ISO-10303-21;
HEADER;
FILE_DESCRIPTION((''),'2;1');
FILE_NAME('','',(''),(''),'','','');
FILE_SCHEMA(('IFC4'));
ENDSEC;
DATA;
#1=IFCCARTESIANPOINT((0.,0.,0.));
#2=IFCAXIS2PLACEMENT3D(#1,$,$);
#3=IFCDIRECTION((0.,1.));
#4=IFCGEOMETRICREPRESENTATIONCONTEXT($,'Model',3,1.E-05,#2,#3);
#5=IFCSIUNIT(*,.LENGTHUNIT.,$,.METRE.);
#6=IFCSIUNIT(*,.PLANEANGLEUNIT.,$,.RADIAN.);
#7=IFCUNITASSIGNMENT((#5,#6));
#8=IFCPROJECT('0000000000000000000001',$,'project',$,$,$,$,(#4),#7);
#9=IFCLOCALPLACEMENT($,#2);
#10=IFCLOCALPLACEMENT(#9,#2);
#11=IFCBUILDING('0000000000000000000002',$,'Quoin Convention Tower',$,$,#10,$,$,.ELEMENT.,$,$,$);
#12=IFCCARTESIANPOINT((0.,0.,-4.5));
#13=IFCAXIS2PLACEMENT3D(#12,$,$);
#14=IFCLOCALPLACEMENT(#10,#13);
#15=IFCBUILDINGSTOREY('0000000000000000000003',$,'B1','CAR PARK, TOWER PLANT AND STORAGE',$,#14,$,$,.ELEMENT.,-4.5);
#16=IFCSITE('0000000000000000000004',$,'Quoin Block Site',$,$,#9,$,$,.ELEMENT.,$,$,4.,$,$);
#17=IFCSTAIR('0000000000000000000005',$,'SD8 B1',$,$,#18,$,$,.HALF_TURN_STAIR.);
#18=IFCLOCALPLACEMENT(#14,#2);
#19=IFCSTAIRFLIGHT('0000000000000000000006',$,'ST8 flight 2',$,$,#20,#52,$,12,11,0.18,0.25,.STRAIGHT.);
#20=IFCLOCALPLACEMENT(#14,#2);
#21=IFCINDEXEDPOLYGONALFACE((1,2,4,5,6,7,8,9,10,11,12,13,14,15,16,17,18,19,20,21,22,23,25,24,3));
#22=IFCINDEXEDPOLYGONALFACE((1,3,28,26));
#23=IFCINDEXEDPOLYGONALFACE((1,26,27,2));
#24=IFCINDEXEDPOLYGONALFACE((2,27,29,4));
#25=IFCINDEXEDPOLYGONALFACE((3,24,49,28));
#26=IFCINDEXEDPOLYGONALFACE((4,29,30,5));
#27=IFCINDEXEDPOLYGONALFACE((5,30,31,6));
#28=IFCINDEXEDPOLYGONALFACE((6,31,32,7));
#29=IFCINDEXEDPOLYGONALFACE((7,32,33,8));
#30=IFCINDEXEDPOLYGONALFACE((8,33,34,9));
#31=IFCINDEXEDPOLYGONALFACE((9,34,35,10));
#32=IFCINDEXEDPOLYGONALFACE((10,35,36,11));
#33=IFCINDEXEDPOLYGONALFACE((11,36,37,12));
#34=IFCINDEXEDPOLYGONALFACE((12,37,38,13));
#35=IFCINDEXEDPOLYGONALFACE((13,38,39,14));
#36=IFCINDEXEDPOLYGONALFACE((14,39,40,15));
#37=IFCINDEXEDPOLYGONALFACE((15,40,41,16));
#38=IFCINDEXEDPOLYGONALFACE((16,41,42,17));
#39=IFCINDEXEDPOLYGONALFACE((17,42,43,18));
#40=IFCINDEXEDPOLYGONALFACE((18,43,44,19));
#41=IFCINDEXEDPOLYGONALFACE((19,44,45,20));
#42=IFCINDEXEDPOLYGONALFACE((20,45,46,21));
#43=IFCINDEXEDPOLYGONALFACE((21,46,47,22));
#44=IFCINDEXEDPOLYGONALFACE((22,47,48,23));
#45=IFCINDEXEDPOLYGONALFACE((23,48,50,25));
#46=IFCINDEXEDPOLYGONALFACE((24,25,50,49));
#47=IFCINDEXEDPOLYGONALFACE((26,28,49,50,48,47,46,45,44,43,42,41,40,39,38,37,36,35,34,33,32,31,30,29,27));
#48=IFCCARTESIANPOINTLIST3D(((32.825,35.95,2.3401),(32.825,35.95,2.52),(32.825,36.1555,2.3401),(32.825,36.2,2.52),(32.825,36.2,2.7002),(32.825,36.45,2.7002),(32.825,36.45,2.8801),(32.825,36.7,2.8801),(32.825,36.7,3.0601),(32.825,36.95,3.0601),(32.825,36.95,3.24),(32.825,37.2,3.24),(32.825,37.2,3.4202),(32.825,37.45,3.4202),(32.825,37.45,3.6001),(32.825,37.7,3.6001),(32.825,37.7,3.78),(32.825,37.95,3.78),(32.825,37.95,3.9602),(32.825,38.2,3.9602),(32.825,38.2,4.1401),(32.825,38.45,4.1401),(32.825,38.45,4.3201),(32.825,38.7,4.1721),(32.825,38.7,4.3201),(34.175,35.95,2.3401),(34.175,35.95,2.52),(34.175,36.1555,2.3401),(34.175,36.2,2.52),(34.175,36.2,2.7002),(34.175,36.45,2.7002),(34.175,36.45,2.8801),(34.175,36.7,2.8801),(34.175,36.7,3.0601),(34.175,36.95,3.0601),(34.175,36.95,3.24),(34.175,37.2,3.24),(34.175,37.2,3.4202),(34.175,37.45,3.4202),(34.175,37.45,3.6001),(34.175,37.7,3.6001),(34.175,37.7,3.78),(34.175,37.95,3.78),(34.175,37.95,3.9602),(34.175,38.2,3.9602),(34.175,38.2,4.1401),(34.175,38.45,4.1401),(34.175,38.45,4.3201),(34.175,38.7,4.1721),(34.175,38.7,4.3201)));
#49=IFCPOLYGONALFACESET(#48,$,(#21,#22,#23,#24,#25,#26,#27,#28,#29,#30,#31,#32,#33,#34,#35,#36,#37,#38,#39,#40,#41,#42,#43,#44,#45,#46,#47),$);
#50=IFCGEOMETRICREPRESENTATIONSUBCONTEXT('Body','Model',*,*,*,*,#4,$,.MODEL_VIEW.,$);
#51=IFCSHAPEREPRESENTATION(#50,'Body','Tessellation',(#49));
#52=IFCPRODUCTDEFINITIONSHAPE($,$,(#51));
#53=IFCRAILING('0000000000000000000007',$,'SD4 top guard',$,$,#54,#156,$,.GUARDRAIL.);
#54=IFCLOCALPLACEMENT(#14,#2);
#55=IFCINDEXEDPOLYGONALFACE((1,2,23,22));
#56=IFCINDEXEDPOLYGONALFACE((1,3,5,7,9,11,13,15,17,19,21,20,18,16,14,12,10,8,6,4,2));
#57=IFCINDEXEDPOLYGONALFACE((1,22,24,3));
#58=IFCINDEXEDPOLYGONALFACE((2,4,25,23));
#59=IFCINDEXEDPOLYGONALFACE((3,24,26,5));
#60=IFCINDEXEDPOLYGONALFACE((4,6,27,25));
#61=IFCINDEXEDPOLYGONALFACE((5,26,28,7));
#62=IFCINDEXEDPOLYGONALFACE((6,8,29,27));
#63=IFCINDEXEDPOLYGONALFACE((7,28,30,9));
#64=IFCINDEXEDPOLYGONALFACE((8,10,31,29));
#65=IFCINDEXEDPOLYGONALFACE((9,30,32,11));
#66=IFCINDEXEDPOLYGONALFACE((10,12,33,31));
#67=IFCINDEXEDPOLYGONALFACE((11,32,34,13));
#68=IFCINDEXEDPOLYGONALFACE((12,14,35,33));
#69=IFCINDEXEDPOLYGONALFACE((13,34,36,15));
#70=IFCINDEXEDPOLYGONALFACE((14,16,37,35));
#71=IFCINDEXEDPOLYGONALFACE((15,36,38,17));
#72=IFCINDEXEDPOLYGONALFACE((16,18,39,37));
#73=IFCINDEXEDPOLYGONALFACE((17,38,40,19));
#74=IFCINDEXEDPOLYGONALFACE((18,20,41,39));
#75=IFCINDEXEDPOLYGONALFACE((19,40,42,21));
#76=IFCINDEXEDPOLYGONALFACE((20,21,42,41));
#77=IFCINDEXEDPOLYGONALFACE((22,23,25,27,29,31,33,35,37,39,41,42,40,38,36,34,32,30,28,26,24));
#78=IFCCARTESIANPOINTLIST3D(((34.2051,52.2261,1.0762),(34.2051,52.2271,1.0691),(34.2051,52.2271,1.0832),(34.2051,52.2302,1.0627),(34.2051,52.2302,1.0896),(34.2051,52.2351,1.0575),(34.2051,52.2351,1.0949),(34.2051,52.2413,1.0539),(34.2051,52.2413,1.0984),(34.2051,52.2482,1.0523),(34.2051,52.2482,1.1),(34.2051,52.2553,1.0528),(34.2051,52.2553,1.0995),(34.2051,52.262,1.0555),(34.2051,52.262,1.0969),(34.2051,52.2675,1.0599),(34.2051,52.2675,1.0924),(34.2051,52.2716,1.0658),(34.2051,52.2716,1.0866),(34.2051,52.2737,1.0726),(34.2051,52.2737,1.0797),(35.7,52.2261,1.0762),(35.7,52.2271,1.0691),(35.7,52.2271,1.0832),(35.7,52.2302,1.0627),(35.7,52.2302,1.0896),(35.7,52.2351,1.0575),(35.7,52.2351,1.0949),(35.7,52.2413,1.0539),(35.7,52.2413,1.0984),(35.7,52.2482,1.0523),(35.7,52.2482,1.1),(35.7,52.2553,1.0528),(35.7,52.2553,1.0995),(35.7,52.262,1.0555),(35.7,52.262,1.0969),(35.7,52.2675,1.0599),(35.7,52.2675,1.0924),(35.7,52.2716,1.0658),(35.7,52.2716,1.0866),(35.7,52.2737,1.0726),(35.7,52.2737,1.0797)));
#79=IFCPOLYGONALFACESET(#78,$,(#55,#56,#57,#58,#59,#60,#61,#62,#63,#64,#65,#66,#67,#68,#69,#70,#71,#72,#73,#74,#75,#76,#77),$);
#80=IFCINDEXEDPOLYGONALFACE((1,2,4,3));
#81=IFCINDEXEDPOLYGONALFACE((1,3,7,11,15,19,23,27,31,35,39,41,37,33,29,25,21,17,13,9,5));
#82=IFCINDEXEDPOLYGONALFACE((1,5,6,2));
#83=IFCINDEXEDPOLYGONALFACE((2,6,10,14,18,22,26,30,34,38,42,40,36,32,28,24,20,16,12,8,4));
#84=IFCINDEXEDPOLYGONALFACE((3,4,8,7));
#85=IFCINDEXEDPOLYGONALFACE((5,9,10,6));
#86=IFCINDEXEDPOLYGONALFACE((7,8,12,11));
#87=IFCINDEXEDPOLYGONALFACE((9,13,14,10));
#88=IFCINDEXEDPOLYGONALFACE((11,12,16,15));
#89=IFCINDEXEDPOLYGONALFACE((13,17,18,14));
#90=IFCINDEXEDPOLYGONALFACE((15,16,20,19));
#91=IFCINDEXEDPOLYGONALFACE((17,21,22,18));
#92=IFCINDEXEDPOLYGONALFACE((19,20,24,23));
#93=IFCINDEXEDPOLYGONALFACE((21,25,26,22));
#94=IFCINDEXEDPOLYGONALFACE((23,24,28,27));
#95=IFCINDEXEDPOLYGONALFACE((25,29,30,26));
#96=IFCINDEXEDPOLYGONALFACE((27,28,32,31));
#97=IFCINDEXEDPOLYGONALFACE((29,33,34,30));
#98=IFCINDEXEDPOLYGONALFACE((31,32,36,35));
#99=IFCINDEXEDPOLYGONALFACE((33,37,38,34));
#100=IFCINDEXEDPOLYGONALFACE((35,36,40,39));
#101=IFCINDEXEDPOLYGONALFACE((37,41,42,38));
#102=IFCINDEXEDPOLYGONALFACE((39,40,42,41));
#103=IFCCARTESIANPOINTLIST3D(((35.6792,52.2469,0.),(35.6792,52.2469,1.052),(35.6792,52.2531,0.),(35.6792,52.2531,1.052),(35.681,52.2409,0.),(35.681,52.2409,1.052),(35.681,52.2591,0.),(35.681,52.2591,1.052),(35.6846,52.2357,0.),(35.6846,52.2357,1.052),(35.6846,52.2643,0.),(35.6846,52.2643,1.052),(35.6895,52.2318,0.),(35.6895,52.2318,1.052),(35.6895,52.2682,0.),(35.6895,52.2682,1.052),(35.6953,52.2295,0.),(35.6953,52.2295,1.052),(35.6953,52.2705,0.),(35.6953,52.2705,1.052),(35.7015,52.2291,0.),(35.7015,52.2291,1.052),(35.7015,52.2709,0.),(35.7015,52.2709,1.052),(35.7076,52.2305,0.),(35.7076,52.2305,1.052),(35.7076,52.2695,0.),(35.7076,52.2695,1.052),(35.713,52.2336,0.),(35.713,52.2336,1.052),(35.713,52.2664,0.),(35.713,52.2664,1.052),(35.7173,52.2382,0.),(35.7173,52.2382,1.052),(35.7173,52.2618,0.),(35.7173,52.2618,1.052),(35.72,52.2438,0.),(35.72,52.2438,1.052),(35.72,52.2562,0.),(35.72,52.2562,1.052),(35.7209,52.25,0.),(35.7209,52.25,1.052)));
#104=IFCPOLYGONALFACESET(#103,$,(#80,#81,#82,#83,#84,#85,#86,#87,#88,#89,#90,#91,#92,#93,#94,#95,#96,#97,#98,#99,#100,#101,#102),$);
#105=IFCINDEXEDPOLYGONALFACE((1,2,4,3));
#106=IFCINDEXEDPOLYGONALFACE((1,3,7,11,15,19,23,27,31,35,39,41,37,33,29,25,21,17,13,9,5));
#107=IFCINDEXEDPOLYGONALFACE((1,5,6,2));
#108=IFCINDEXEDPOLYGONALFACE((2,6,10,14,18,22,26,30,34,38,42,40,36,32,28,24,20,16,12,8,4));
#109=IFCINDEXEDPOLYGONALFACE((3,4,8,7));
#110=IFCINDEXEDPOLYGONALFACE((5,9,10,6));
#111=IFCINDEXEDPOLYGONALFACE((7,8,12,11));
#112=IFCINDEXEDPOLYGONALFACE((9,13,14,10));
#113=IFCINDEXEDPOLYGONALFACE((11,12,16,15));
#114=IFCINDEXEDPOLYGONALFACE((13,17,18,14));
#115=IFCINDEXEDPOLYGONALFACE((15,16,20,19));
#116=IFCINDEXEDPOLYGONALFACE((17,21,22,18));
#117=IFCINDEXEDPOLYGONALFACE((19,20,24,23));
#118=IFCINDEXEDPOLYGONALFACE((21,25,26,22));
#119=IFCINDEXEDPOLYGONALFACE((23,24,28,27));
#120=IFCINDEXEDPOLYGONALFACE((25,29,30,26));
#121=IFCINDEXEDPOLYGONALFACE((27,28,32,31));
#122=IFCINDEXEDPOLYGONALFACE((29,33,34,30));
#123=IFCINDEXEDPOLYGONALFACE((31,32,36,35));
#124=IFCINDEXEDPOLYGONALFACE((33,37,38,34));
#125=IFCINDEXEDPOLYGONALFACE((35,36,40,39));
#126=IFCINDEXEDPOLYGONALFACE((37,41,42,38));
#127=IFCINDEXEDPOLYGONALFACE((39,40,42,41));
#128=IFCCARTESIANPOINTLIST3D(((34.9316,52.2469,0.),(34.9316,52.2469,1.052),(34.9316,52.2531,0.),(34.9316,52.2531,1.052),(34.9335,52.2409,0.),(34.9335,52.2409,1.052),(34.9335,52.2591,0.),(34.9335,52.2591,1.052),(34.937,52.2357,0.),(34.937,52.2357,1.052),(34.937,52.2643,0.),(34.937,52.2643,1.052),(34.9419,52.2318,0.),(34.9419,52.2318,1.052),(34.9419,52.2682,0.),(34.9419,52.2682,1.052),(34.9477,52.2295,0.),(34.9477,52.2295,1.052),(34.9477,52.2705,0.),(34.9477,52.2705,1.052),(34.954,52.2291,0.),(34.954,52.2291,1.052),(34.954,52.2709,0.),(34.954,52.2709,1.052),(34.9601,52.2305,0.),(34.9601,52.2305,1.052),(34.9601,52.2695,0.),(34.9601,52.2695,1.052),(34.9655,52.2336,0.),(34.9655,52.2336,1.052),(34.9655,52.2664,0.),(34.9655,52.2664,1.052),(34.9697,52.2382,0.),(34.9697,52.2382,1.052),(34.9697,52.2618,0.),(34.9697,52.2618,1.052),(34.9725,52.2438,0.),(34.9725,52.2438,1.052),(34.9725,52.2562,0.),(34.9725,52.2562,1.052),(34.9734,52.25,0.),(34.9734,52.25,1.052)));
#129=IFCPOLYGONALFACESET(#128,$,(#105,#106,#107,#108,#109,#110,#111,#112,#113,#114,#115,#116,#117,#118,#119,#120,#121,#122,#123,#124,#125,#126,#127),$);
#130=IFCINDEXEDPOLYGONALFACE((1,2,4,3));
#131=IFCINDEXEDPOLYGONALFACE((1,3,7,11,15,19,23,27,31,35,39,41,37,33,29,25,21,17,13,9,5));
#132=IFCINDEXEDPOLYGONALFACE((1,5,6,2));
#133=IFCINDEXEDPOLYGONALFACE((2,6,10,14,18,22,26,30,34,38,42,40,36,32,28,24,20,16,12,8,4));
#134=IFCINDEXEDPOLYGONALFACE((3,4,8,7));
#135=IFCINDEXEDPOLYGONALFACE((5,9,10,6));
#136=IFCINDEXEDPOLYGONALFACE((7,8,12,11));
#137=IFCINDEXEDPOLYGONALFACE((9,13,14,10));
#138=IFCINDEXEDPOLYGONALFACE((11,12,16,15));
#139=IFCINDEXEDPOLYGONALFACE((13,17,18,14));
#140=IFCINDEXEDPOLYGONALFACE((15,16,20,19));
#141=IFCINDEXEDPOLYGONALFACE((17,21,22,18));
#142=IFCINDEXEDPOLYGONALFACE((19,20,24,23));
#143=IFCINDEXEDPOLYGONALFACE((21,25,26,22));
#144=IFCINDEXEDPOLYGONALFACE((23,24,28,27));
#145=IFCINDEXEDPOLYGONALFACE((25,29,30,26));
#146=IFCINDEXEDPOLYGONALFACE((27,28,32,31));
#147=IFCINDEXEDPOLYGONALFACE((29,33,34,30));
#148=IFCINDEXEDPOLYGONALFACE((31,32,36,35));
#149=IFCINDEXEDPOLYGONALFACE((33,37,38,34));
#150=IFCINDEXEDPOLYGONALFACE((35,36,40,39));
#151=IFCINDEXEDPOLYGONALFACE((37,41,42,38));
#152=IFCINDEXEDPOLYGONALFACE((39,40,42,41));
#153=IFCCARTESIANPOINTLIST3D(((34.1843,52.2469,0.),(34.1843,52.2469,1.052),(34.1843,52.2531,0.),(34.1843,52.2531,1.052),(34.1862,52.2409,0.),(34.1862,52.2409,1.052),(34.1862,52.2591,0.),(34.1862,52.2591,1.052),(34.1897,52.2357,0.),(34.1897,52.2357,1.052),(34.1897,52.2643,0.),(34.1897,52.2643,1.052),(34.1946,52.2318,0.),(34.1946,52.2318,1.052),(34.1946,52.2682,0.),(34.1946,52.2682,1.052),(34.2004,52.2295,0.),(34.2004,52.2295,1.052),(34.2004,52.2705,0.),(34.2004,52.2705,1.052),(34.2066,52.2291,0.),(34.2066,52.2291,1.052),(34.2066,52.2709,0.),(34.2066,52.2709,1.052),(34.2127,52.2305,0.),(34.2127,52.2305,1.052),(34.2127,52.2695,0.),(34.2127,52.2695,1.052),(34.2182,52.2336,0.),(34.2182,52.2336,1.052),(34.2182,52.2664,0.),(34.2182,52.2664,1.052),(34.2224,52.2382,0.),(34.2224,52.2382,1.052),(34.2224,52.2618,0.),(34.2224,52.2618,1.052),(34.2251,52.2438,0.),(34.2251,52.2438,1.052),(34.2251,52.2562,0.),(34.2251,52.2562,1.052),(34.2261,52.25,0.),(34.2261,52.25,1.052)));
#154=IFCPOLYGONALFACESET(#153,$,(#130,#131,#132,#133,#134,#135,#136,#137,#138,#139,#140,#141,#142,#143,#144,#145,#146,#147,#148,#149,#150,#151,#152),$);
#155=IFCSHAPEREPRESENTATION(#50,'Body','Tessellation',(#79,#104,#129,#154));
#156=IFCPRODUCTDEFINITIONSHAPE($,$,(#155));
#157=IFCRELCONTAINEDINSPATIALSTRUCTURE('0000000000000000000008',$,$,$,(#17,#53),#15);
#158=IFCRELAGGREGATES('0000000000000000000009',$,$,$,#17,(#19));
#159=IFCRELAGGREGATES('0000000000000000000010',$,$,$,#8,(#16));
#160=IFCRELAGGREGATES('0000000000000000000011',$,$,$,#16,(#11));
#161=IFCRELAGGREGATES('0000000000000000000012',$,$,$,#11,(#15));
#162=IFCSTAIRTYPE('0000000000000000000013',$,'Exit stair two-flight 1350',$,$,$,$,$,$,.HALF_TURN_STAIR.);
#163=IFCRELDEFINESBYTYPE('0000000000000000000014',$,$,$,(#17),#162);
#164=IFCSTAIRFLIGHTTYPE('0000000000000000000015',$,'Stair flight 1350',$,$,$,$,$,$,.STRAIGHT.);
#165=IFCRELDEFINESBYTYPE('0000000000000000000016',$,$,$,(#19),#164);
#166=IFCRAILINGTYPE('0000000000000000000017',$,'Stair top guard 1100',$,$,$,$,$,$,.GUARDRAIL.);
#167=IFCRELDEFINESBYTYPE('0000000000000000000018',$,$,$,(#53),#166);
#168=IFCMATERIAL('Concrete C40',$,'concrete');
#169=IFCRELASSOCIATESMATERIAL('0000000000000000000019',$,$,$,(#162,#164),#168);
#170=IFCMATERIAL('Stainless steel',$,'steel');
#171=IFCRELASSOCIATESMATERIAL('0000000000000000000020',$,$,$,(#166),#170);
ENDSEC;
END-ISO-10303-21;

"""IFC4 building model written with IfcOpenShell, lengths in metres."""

from ifc_helpers import new_model, si_unit, direction, frame, origin, origin_2d, place, context, subcontext, project, spatial, polyline, circle, outline, extrude, material, type_object, element, aggregate, save


model = new_model("IFC4")

# Units and contexts
model_context = context("Model", 3, precision=1e-05, world=origin(), true_north=direction((0.0, 1.0)))
body_context = subcontext(model_context, "Body", "Model", "MODEL_VIEW")
ifc_project = project(units=[si_unit("LENGTHUNIT", "METRE"), si_unit("PLANEANGLEUNIT", "RADIAN")], contexts=[model_context])

# Site, building, storey
site_placement = place(None, origin())
site = spatial("IfcSite", under=ifc_project, at=site_placement, Name="Quoin Block Site", CompositionType="ELEMENT", RefElevation=4.0)
building_placement = place(site_placement, origin())
building = spatial("IfcBuilding", under=site, at=building_placement, Name="Quoin Convention Tower", CompositionType="ELEMENT")
storey_placement = place(building_placement, frame((0.0, 0.0, -4.5)))
storey = spatial("IfcBuildingStorey", under=building, at=storey_placement, Name="B1", Description="CAR PARK, TOWER PLANT AND STORAGE", CompositionType="ELEMENT", Elevation=-4.5)

# Shared definitions
ifc_material_1 = material(Name="Concrete C40", Category="concrete")
stair_type = type_object("IfcStairType", Name="Exit stair two-flight 1350", PredefinedType="HALF_TURN_STAIR", material=ifc_material_1)
stair_flight_type = type_object("IfcStairFlightType", Name="Stair flight 1350", PredefinedType="STRAIGHT", material=ifc_material_1)

# Stair, stair flight
stair_1_placement = place(storey_placement, origin())
stair_1 = element("IfcStair", 1, at=stair_1_placement, inside=storey, type_object=stair_type, Name="SD8 B1", PredefinedType="HALF_TURN_STAIR")
stair_flight_1_placement = place(storey_placement, frame((33.5, 35.95, 2.3401), z_axis=(0.0, 0.0, 1.0), x_axis=(0.0, 1.0, 0.0)))
stair_flight_1 = element("IfcStairFlight", 2, at=stair_flight_1_placement, type_object=stair_flight_type, Name="ST8 flight 2", NumberOfRisers=12, NumberOfTreads=11, PredefinedType="STRAIGHT", RiserHeight=0.18, TreadLength=0.25, context=body_context, shape_type="SweptSolid", body=[
    extrude(outline(polyline([(0.0, 0.0), (0.0, 0.1799), (0.25, 0.1799), (0.25, 0.3601), (0.5, 0.3601), (0.5, 0.54), (0.75, 0.54), (0.75, 0.72), (1.0, 0.72), (1.0, 0.8999), (1.25, 0.8999), (1.25, 1.0801), (1.5, 1.0801), (1.5, 1.26), (1.75, 1.26), (1.75, 1.4399), (2.0, 1.4399), (2.0, 1.6201), (2.25, 1.6201), (2.25, 1.8), (2.5, 1.8), (2.5, 1.98), (2.75, 1.98), (2.75, 2.1599), (2.75, 1.832), (0.2056, 0.0), (0.0, 0.0)])), frame((0.0, 0.675, 0.0), z_axis=(0.0, -1.0, 0.0), x_axis=(1.0, 0.0, 0.0)), (0.0, 0.0, 1.0), 1.3501),
])
aggregate(stair_1, [stair_flight_1])

# Railing
ifc_material_2 = material(Name="Stainless steel", Category="steel")
railing_type_1 = type_object("IfcRailingType", Name="Stair top guard 1100", PredefinedType="GUARDRAIL", material=ifc_material_2)
for number, where, name in (
    (3, (35.7, 52.25, 0.0), "SD4 top guard"),
):
    element("IfcRailing", number, at=place(storey_placement, frame(where)), inside=storey, type_object=railing_type_1, Name=name, PredefinedType="GUARDRAIL", context=body_context, shape_type="SweptSolid", body=[
        extrude(circle(Radius=0.0239, at=origin_2d()), frame((0.0, 0.0, 1.0762), z_axis=(-1.0, 0.0, 0.0), x_axis=(0.0, -1.0, 0.0)), (0.0, 0.0, 1.0), 1.4949),
        extrude(circle(Radius=0.021, at=origin_2d()), origin(), (0.0, 0.0, 1.0), 1.052),
        extrude(circle(Radius=0.021, at=origin_2d()), frame((-0.7476, 0.0, 0.0)), (0.0, 0.0, 1.0), 1.052),
        extrude(circle(Radius=0.021, at=origin_2d()), frame((-1.4949, 0.0, 0.0)), (0.0, 0.0, 1.0), 1.052),
    ])

save(model, "model.ifc")
